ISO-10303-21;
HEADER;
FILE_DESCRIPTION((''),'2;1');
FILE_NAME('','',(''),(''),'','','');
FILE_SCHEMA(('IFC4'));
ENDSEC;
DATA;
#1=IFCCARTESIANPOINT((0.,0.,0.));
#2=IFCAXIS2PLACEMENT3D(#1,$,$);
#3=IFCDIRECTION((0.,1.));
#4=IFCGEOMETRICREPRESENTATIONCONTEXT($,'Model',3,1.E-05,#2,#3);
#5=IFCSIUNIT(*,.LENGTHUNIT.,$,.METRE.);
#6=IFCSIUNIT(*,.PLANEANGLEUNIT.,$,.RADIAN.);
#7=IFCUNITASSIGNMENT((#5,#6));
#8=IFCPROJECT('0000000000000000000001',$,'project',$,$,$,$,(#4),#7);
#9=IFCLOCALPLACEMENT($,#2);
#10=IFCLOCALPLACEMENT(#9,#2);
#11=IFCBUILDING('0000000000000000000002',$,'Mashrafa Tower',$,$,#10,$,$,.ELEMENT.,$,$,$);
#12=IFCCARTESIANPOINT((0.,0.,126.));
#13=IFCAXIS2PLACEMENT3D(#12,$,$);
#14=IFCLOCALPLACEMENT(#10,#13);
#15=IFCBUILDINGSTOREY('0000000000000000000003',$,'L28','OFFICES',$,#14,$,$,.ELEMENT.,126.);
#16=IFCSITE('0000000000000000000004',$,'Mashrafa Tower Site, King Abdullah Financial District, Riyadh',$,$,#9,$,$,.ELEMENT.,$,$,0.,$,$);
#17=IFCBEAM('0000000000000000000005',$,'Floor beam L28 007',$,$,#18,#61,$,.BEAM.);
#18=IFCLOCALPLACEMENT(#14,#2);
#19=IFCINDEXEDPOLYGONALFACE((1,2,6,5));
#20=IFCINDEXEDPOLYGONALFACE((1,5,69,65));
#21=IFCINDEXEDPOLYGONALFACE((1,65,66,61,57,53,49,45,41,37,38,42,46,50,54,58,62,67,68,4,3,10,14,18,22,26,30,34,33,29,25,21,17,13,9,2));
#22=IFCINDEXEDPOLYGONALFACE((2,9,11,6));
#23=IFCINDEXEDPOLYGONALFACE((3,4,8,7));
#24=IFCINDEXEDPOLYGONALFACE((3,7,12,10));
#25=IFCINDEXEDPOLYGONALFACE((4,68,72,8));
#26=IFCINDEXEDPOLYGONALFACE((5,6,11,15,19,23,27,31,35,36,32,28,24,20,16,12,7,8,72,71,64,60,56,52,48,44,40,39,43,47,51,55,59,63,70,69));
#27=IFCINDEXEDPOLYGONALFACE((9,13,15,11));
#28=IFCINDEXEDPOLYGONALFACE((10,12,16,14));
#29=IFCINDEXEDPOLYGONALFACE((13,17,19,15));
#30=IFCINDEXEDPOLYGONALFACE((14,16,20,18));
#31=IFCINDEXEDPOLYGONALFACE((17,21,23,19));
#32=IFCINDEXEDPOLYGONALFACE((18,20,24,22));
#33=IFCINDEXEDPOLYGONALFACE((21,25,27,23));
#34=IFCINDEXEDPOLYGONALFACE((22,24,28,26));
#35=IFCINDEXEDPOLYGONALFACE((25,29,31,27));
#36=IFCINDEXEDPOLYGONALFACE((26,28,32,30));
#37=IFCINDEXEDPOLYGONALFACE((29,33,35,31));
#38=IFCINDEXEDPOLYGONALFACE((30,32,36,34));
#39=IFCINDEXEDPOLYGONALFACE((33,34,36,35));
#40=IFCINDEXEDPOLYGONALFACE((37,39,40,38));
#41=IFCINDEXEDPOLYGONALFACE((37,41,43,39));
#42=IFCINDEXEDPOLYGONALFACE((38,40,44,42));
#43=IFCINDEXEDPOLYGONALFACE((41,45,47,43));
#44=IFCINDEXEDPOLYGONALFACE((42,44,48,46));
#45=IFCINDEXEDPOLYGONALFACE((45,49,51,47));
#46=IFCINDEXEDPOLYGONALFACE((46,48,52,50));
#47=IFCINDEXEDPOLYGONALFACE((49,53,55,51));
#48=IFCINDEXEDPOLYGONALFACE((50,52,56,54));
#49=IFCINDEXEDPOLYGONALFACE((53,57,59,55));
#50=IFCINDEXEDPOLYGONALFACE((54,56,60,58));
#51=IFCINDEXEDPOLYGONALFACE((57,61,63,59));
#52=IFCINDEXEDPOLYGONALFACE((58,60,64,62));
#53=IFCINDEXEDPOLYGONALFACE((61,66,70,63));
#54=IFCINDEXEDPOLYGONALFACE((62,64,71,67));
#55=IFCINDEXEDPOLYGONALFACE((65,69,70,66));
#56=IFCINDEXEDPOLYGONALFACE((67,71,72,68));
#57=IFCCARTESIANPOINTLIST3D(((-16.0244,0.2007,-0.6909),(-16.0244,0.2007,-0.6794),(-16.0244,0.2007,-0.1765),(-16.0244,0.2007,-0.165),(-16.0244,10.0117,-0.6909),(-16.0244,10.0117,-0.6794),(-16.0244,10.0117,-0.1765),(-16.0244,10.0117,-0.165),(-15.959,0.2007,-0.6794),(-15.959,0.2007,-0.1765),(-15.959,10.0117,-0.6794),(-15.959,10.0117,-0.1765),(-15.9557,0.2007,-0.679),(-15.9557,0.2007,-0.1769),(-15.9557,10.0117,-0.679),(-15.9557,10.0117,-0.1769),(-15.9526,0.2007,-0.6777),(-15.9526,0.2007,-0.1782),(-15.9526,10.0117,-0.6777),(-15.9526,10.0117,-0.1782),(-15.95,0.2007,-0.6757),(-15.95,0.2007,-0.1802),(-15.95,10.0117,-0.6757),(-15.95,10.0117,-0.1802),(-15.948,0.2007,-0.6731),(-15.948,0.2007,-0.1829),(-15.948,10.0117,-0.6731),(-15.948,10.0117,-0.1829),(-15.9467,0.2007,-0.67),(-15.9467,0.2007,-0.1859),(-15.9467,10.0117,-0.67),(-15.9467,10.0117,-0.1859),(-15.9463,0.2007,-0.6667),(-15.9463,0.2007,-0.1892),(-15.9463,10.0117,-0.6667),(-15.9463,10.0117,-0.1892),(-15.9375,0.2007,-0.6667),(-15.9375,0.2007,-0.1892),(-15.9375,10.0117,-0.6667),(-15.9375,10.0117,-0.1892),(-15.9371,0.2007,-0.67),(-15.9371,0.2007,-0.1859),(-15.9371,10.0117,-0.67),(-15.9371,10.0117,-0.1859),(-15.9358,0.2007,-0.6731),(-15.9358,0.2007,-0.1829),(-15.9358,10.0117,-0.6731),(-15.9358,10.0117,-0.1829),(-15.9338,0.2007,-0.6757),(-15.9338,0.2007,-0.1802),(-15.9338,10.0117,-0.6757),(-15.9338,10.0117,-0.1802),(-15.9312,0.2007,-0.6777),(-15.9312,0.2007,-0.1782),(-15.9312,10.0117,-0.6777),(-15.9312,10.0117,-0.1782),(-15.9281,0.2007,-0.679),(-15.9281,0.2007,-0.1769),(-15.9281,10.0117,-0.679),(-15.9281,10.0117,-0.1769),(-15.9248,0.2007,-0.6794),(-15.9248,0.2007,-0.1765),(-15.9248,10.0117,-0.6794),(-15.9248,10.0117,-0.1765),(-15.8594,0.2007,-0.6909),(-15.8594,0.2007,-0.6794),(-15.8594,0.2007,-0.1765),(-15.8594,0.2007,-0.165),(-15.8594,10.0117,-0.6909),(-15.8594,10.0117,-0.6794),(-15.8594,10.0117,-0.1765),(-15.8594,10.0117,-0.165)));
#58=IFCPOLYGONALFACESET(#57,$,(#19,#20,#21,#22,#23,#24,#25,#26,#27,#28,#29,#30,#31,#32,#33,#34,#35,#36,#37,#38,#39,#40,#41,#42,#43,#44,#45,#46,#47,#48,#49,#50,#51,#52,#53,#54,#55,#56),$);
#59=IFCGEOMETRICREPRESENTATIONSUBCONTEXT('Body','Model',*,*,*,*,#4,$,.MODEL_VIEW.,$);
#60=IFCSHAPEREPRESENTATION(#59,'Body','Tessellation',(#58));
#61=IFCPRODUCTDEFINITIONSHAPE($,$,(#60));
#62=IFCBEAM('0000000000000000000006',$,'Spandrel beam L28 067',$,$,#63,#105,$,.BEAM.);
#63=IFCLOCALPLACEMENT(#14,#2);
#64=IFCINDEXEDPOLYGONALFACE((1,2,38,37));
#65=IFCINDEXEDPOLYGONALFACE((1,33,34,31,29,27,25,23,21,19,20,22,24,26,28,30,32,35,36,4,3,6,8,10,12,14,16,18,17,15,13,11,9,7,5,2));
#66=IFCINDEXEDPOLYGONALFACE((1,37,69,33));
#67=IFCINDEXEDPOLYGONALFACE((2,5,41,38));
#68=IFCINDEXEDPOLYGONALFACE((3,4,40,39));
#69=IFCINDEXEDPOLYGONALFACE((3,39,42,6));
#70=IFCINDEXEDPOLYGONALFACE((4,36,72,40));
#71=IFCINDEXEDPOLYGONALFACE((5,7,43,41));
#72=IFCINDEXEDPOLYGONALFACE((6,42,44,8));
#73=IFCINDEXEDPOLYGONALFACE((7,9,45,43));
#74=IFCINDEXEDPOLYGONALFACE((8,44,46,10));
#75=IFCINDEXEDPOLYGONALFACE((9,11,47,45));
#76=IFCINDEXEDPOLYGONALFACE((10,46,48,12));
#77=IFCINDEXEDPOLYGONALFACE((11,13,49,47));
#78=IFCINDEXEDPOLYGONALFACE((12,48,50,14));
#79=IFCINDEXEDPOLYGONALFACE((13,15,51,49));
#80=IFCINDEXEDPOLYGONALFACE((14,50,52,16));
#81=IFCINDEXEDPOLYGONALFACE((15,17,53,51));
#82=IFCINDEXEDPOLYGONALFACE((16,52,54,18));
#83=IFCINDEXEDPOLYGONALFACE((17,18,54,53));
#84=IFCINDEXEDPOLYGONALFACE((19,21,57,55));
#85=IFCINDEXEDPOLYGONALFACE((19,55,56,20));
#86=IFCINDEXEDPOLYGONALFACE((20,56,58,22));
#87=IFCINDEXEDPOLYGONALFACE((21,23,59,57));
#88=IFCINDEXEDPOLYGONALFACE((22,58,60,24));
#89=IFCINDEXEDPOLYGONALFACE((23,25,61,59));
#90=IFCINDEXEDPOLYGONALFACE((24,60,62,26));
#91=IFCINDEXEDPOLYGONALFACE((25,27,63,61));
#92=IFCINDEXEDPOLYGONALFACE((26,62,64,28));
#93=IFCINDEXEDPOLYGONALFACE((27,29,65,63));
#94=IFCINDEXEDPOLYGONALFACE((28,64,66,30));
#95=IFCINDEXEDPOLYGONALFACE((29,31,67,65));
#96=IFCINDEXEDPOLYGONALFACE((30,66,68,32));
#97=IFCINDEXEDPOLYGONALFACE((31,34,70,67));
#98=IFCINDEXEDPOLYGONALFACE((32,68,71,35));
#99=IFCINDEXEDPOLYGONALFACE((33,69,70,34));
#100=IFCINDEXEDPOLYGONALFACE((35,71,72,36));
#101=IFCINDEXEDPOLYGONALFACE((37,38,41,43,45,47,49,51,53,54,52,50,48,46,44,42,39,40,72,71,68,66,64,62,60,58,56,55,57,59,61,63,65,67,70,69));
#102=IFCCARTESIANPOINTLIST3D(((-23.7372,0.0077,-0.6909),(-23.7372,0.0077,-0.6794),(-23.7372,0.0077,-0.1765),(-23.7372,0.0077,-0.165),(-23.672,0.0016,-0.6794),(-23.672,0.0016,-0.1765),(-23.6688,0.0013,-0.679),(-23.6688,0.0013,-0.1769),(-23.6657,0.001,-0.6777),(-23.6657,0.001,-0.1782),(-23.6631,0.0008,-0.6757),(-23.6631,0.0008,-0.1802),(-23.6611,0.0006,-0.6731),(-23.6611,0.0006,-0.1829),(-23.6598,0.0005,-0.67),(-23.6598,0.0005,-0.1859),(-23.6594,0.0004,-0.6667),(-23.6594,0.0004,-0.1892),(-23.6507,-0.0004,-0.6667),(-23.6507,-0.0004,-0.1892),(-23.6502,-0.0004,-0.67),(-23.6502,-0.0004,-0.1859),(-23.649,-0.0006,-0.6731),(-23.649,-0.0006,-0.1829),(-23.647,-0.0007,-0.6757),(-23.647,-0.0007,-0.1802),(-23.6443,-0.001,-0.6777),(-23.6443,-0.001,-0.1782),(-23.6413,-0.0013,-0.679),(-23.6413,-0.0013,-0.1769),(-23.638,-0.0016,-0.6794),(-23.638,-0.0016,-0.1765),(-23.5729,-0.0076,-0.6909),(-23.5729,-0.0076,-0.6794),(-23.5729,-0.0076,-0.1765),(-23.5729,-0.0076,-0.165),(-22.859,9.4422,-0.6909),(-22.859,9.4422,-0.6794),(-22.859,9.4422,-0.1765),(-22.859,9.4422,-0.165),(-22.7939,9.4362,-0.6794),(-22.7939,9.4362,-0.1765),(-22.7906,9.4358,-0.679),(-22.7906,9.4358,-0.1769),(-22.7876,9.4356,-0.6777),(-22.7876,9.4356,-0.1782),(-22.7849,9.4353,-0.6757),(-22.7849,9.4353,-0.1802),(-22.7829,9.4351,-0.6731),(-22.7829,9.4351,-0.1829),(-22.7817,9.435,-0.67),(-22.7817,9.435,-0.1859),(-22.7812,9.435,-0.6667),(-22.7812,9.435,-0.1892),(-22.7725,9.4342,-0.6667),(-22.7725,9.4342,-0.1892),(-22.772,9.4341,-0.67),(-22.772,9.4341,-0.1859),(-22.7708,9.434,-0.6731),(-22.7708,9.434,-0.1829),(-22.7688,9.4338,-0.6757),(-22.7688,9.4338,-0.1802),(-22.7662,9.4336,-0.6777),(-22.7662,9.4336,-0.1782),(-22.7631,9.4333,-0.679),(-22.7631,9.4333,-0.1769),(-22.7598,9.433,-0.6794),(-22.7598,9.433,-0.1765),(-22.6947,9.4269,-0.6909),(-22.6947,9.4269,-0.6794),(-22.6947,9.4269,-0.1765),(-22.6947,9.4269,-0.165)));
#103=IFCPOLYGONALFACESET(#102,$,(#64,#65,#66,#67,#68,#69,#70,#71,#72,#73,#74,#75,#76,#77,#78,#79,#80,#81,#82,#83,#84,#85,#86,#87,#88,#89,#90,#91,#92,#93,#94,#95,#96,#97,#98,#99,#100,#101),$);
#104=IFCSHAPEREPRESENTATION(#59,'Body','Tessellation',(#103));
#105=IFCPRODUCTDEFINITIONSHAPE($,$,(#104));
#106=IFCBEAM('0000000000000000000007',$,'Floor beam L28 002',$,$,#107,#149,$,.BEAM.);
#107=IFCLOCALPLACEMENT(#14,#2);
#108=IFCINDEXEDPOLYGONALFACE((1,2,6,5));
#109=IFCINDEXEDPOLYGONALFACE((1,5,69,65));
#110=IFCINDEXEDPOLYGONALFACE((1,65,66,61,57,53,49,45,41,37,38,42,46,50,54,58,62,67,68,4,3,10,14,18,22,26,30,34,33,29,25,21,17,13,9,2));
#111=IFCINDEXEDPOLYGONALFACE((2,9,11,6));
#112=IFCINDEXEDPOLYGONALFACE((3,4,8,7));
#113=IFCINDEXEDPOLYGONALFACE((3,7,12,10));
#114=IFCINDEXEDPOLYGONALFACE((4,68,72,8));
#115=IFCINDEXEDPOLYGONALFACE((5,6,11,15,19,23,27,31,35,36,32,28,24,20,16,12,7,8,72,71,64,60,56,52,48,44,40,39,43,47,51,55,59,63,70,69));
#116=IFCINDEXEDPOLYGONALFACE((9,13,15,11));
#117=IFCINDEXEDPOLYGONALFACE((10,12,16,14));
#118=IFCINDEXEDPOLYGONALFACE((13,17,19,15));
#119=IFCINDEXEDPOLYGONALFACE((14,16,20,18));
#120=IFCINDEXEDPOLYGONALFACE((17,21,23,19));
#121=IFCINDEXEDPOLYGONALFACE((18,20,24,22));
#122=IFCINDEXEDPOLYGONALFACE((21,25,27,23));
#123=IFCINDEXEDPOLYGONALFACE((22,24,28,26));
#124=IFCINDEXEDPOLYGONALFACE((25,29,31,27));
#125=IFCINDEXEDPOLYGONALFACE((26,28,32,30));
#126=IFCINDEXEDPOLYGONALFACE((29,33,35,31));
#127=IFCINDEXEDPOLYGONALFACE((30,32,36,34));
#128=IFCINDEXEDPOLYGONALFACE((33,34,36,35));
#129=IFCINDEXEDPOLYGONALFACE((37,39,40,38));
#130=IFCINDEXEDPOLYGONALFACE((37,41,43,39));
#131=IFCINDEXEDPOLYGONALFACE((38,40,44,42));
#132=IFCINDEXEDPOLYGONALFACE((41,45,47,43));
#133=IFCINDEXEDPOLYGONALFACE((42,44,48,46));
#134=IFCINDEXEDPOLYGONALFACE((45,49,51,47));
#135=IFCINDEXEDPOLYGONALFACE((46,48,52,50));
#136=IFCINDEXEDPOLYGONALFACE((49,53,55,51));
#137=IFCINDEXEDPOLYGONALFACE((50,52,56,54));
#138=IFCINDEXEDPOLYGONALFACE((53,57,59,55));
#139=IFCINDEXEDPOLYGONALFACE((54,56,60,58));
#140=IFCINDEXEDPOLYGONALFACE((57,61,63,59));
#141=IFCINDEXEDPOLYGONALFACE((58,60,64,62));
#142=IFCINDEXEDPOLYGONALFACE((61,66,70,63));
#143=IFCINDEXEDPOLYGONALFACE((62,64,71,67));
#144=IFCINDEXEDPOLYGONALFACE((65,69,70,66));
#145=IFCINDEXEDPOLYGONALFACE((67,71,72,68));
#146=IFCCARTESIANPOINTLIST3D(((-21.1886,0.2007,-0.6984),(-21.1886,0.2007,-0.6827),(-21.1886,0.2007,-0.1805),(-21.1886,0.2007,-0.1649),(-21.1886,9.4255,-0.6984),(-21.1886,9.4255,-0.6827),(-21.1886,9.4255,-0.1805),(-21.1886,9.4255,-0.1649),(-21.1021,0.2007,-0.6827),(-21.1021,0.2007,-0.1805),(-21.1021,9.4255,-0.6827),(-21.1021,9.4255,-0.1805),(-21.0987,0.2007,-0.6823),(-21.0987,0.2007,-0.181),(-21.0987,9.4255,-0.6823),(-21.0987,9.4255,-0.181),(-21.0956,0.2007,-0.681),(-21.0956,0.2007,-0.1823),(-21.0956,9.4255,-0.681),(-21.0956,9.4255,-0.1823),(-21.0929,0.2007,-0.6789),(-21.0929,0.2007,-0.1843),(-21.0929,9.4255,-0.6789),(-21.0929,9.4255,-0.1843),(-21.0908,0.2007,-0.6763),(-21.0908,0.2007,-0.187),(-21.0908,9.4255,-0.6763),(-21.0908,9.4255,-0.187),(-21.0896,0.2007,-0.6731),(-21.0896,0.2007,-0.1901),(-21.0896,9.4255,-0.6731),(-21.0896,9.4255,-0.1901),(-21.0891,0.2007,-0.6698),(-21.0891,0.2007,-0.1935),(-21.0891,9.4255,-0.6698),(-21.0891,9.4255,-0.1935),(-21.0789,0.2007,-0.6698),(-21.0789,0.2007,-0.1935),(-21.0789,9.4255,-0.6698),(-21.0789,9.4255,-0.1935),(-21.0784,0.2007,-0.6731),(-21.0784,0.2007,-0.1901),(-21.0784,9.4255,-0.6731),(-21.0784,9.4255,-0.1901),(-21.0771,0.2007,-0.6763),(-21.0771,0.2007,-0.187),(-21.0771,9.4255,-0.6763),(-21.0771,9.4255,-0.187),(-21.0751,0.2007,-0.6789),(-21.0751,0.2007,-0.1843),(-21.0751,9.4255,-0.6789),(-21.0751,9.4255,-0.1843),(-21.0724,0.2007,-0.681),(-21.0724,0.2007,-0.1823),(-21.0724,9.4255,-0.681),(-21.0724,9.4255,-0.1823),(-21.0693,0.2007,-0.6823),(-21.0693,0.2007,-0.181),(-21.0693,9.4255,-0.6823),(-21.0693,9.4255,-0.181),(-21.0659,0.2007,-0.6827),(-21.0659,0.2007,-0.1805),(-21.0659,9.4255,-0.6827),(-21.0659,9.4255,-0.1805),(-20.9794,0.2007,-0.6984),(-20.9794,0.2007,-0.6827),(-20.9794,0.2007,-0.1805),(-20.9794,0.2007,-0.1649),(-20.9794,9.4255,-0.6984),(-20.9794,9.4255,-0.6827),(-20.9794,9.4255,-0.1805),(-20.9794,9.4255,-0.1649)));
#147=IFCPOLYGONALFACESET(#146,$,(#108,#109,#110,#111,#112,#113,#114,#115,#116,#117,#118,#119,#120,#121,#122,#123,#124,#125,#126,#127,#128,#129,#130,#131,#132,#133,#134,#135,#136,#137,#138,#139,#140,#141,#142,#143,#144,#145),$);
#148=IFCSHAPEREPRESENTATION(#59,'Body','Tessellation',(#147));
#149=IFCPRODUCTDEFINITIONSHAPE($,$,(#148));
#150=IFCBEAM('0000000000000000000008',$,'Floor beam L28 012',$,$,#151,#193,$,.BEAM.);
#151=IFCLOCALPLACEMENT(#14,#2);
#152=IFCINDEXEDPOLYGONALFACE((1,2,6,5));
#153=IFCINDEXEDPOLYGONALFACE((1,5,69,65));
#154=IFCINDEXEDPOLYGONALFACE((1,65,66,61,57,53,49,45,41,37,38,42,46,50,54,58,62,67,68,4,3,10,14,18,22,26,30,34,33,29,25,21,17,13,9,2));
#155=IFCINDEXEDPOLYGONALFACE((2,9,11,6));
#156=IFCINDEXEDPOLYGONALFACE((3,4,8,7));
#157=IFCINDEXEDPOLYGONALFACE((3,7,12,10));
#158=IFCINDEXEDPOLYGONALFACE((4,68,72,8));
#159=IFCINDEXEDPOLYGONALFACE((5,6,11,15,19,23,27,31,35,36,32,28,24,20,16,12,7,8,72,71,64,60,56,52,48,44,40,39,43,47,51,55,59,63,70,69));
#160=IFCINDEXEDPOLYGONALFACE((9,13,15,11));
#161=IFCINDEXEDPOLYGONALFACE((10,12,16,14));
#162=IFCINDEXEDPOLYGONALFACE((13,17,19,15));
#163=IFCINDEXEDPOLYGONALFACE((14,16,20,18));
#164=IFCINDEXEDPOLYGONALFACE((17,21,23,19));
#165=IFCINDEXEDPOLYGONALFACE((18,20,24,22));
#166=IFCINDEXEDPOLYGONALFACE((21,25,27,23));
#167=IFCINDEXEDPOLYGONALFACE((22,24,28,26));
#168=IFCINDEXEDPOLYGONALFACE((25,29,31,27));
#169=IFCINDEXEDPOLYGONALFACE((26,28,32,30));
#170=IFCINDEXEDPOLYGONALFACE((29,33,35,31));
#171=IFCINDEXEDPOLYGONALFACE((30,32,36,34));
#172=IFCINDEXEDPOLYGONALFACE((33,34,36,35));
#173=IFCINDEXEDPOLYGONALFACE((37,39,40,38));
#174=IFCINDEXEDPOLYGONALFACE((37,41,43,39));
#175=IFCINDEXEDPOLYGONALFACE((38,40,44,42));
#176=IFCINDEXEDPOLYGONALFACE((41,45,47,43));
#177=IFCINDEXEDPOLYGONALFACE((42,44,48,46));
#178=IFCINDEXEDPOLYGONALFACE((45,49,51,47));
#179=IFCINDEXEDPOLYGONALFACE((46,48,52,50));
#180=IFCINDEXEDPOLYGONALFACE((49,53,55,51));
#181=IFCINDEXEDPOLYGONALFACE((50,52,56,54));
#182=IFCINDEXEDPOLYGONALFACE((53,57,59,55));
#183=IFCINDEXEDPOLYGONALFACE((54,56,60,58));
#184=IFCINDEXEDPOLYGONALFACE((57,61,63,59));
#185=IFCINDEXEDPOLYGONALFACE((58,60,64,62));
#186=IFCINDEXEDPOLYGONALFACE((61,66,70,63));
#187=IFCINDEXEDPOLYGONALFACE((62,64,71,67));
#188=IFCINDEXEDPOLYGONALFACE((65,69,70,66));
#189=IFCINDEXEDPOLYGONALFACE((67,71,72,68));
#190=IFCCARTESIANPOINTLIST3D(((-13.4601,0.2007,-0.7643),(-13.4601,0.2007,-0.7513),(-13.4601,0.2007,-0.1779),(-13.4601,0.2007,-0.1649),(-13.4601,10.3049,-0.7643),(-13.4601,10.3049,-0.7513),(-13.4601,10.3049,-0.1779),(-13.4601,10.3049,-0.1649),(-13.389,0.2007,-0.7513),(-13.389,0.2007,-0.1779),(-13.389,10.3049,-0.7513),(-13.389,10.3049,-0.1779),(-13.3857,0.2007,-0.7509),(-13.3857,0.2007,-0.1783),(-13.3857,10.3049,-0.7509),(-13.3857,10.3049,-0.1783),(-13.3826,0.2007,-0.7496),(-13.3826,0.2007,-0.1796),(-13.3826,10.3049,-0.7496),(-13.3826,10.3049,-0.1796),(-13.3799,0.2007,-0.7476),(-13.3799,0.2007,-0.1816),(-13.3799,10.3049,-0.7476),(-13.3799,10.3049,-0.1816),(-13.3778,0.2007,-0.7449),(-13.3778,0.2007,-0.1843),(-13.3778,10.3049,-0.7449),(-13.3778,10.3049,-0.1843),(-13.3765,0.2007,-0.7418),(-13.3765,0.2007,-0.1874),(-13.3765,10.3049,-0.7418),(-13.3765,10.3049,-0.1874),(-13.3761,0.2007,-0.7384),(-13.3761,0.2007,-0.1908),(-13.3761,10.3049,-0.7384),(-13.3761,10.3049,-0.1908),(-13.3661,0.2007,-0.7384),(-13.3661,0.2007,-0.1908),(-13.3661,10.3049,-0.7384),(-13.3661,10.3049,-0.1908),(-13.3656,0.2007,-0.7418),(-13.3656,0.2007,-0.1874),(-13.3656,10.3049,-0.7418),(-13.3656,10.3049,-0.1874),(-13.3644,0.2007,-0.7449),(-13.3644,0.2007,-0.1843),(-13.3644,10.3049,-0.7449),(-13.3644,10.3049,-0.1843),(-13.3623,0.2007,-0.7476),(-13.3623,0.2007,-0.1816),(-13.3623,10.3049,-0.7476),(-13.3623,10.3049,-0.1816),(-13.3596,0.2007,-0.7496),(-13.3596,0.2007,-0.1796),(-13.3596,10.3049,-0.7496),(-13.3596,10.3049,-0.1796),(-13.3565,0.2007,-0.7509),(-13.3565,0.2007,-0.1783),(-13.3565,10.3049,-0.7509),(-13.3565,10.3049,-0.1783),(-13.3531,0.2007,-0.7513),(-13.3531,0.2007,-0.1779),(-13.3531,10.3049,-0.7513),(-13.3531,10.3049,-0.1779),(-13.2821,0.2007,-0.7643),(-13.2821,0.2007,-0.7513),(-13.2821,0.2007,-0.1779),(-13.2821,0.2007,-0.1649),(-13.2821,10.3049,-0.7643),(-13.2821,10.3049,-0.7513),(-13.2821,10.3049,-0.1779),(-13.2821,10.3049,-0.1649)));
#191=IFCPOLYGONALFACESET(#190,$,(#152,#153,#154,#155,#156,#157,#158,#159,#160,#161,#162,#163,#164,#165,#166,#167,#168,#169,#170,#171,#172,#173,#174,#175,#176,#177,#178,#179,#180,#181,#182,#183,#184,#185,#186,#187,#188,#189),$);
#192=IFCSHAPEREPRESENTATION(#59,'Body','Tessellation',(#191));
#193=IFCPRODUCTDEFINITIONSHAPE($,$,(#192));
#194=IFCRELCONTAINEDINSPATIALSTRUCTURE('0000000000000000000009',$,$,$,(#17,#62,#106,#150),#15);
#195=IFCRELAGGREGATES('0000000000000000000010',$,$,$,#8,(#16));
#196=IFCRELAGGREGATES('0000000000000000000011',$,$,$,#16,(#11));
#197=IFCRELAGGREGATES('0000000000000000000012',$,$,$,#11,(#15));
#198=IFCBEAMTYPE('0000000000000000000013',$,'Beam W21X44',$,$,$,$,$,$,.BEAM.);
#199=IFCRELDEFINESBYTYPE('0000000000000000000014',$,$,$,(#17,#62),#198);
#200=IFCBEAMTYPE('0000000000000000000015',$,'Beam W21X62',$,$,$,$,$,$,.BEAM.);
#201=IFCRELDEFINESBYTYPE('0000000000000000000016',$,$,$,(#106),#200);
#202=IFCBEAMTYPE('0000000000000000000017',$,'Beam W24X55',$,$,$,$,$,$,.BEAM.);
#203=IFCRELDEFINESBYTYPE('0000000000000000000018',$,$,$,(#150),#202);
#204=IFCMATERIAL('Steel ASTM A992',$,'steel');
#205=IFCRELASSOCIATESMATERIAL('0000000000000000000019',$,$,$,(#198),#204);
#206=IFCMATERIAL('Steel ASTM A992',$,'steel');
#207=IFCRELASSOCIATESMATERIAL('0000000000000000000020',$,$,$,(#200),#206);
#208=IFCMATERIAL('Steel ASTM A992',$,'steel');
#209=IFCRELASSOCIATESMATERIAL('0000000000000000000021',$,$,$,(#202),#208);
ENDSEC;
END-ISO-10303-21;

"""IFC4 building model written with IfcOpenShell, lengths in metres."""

from ifc_helpers import new_model, si_unit, direction, frame, origin, origin_2d, place, context, subcontext, project, spatial, i_section, extrude, material, material_profile, profile_set, type_object, element, save


model = new_model("IFC4")

# Units and contexts
model_context = context("Model", 3, precision=1e-05, world=origin(), true_north=direction((0.0, 1.0)))
body_context = subcontext(model_context, "Body", "Model", "MODEL_VIEW")
ifc_project = project(units=[si_unit("LENGTHUNIT", "METRE"), si_unit("PLANEANGLEUNIT", "RADIAN")], contexts=[model_context])

# Site, building, storey
site_placement = place(None, origin())
site = spatial("IfcSite", under=ifc_project, at=site_placement, Name="Mashrafa Tower Site, King Abdullah Financial District, Riyadh", CompositionType="ELEMENT", RefElevation=0.0)
building_placement = place(site_placement, origin())
building = spatial("IfcBuilding", under=site, at=building_placement, Name="Mashrafa Tower", CompositionType="ELEMENT")
storey_placement = place(building_placement, frame((0.0, 0.0, 126.0)))
storey = spatial("IfcBuildingStorey", under=building, at=storey_placement, Name="L28", Description="OFFICES", CompositionType="ELEMENT", Elevation=126.0)

# Beams
ifc_material_1 = material(Name="Steel ASTM A992", Category="steel")
ifc_material_profile_1 = material_profile(ifc_material_1, i_section(OverallWidth=0.165, OverallDepth=0.5259, WebThickness=0.0088, FlangeThickness=0.0115, FilletRadius=0.0127, at=origin_2d()), Name="W21X44")
ifc_profile_set_1 = profile_set([ifc_material_profile_1], Name="Steel ASTM A992")
beam_type_1 = type_object("IfcBeamType", Name="Beam W21X44", PredefinedType="BEAM", material=ifc_profile_set_1)
beam_1_placement = place(storey_placement, frame((-15.9419, 0.2007, -0.428), z_axis=(0.0, 1.0, 0.0), x_axis=(-1.0, 0.0, 0.0)))
element("IfcBeam", 1, at=beam_1_placement, inside=storey, type_object=beam_type_1, Name="Floor beam L28 007", PredefinedType="BEAM", context=body_context, shape_type="SweptSolid", body=[
    extrude(i_section(OverallWidth=0.165, OverallDepth=0.5259, WebThickness=0.0088, FlangeThickness=0.0115, FilletRadius=0.0127, at=origin_2d()), origin(), (0.0, 0.0, 1.0), 9.811),
])
beam_2_placement = place(storey_placement, frame((-22.7769, 9.4346, -0.428), z_axis=(-0.09268, -0.995696, 0.0), x_axis=(0.995696, -0.09268, 0.0)))
element("IfcBeam", 2, at=beam_2_placement, inside=storey, type_object=beam_type_1, Name="Spandrel beam L28 067", PredefinedType="BEAM", context=body_context, shape_type="SweptSolid", body=[
    extrude(i_section(OverallWidth=0.165, OverallDepth=0.5259, WebThickness=0.0088, FlangeThickness=0.0115, FilletRadius=0.0127, at=origin_2d()), origin(), (0.0, 0.0, 1.0), 9.4753),
])
ifc_material_2 = material(Name="Steel ASTM A992", Category="steel")
ifc_material_profile_2 = material_profile(ifc_material_2, i_section(OverallWidth=0.2092, OverallDepth=0.5334, WebThickness=0.0103, FlangeThickness=0.0156, FilletRadius=0.0129, at=origin_2d()), Name="W21X62")
ifc_profile_set_2 = profile_set([ifc_material_profile_2], Name="Steel ASTM A992")
beam_type_2 = type_object("IfcBeamType", Name="Beam W21X62", PredefinedType="BEAM", material=ifc_profile_set_2)
beam_3_placement = place(storey_placement, frame((-21.084, 0.2007, -0.4316), z_axis=(0.0, 1.0, 0.0), x_axis=(-1.0, 0.0, 0.0)))
element("IfcBeam", 3, at=beam_3_placement, inside=storey, type_object=beam_type_2, Name="Floor beam L28 002", PredefinedType="BEAM", context=body_context, shape_type="SweptSolid", body=[
    extrude(i_section(OverallWidth=0.2092, OverallDepth=0.5334, WebThickness=0.0103, FlangeThickness=0.0156, FilletRadius=0.0129, at=origin_2d()), origin(), (0.0, 0.0, 1.0), 9.2249),
])
ifc_material_3 = material(Name="Steel ASTM A992", Category="steel")
ifc_material_profile_3 = material_profile(ifc_material_3, i_section(OverallWidth=0.178, OverallDepth=0.5994, WebThickness=0.01, FlangeThickness=0.0129, FilletRadius=0.0129, at=origin_2d()), Name="W24X55")
ifc_profile_set_3 = profile_set([ifc_material_profile_3], Name="Steel ASTM A992")
beam_type_3 = type_object("IfcBeamType", Name="Beam W24X55", PredefinedType="BEAM", material=ifc_profile_set_3)
beam_4_placement = place(storey_placement, frame((-13.3711, 0.2007, -0.4646), z_axis=(0.0, 1.0, 0.0), x_axis=(-1.0, 0.0, 0.0)))
element("IfcBeam", 4, at=beam_4_placement, inside=storey, type_object=beam_type_3, Name="Floor beam L28 012", PredefinedType="BEAM", context=body_context, shape_type="SweptSolid", body=[
    extrude(i_section(OverallWidth=0.178, OverallDepth=0.5994, WebThickness=0.01, FlangeThickness=0.0129, FilletRadius=0.0129, at=origin_2d()), origin(), (0.0, 0.0, 1.0), 10.1042),
])

save(model, "model.ifc")
